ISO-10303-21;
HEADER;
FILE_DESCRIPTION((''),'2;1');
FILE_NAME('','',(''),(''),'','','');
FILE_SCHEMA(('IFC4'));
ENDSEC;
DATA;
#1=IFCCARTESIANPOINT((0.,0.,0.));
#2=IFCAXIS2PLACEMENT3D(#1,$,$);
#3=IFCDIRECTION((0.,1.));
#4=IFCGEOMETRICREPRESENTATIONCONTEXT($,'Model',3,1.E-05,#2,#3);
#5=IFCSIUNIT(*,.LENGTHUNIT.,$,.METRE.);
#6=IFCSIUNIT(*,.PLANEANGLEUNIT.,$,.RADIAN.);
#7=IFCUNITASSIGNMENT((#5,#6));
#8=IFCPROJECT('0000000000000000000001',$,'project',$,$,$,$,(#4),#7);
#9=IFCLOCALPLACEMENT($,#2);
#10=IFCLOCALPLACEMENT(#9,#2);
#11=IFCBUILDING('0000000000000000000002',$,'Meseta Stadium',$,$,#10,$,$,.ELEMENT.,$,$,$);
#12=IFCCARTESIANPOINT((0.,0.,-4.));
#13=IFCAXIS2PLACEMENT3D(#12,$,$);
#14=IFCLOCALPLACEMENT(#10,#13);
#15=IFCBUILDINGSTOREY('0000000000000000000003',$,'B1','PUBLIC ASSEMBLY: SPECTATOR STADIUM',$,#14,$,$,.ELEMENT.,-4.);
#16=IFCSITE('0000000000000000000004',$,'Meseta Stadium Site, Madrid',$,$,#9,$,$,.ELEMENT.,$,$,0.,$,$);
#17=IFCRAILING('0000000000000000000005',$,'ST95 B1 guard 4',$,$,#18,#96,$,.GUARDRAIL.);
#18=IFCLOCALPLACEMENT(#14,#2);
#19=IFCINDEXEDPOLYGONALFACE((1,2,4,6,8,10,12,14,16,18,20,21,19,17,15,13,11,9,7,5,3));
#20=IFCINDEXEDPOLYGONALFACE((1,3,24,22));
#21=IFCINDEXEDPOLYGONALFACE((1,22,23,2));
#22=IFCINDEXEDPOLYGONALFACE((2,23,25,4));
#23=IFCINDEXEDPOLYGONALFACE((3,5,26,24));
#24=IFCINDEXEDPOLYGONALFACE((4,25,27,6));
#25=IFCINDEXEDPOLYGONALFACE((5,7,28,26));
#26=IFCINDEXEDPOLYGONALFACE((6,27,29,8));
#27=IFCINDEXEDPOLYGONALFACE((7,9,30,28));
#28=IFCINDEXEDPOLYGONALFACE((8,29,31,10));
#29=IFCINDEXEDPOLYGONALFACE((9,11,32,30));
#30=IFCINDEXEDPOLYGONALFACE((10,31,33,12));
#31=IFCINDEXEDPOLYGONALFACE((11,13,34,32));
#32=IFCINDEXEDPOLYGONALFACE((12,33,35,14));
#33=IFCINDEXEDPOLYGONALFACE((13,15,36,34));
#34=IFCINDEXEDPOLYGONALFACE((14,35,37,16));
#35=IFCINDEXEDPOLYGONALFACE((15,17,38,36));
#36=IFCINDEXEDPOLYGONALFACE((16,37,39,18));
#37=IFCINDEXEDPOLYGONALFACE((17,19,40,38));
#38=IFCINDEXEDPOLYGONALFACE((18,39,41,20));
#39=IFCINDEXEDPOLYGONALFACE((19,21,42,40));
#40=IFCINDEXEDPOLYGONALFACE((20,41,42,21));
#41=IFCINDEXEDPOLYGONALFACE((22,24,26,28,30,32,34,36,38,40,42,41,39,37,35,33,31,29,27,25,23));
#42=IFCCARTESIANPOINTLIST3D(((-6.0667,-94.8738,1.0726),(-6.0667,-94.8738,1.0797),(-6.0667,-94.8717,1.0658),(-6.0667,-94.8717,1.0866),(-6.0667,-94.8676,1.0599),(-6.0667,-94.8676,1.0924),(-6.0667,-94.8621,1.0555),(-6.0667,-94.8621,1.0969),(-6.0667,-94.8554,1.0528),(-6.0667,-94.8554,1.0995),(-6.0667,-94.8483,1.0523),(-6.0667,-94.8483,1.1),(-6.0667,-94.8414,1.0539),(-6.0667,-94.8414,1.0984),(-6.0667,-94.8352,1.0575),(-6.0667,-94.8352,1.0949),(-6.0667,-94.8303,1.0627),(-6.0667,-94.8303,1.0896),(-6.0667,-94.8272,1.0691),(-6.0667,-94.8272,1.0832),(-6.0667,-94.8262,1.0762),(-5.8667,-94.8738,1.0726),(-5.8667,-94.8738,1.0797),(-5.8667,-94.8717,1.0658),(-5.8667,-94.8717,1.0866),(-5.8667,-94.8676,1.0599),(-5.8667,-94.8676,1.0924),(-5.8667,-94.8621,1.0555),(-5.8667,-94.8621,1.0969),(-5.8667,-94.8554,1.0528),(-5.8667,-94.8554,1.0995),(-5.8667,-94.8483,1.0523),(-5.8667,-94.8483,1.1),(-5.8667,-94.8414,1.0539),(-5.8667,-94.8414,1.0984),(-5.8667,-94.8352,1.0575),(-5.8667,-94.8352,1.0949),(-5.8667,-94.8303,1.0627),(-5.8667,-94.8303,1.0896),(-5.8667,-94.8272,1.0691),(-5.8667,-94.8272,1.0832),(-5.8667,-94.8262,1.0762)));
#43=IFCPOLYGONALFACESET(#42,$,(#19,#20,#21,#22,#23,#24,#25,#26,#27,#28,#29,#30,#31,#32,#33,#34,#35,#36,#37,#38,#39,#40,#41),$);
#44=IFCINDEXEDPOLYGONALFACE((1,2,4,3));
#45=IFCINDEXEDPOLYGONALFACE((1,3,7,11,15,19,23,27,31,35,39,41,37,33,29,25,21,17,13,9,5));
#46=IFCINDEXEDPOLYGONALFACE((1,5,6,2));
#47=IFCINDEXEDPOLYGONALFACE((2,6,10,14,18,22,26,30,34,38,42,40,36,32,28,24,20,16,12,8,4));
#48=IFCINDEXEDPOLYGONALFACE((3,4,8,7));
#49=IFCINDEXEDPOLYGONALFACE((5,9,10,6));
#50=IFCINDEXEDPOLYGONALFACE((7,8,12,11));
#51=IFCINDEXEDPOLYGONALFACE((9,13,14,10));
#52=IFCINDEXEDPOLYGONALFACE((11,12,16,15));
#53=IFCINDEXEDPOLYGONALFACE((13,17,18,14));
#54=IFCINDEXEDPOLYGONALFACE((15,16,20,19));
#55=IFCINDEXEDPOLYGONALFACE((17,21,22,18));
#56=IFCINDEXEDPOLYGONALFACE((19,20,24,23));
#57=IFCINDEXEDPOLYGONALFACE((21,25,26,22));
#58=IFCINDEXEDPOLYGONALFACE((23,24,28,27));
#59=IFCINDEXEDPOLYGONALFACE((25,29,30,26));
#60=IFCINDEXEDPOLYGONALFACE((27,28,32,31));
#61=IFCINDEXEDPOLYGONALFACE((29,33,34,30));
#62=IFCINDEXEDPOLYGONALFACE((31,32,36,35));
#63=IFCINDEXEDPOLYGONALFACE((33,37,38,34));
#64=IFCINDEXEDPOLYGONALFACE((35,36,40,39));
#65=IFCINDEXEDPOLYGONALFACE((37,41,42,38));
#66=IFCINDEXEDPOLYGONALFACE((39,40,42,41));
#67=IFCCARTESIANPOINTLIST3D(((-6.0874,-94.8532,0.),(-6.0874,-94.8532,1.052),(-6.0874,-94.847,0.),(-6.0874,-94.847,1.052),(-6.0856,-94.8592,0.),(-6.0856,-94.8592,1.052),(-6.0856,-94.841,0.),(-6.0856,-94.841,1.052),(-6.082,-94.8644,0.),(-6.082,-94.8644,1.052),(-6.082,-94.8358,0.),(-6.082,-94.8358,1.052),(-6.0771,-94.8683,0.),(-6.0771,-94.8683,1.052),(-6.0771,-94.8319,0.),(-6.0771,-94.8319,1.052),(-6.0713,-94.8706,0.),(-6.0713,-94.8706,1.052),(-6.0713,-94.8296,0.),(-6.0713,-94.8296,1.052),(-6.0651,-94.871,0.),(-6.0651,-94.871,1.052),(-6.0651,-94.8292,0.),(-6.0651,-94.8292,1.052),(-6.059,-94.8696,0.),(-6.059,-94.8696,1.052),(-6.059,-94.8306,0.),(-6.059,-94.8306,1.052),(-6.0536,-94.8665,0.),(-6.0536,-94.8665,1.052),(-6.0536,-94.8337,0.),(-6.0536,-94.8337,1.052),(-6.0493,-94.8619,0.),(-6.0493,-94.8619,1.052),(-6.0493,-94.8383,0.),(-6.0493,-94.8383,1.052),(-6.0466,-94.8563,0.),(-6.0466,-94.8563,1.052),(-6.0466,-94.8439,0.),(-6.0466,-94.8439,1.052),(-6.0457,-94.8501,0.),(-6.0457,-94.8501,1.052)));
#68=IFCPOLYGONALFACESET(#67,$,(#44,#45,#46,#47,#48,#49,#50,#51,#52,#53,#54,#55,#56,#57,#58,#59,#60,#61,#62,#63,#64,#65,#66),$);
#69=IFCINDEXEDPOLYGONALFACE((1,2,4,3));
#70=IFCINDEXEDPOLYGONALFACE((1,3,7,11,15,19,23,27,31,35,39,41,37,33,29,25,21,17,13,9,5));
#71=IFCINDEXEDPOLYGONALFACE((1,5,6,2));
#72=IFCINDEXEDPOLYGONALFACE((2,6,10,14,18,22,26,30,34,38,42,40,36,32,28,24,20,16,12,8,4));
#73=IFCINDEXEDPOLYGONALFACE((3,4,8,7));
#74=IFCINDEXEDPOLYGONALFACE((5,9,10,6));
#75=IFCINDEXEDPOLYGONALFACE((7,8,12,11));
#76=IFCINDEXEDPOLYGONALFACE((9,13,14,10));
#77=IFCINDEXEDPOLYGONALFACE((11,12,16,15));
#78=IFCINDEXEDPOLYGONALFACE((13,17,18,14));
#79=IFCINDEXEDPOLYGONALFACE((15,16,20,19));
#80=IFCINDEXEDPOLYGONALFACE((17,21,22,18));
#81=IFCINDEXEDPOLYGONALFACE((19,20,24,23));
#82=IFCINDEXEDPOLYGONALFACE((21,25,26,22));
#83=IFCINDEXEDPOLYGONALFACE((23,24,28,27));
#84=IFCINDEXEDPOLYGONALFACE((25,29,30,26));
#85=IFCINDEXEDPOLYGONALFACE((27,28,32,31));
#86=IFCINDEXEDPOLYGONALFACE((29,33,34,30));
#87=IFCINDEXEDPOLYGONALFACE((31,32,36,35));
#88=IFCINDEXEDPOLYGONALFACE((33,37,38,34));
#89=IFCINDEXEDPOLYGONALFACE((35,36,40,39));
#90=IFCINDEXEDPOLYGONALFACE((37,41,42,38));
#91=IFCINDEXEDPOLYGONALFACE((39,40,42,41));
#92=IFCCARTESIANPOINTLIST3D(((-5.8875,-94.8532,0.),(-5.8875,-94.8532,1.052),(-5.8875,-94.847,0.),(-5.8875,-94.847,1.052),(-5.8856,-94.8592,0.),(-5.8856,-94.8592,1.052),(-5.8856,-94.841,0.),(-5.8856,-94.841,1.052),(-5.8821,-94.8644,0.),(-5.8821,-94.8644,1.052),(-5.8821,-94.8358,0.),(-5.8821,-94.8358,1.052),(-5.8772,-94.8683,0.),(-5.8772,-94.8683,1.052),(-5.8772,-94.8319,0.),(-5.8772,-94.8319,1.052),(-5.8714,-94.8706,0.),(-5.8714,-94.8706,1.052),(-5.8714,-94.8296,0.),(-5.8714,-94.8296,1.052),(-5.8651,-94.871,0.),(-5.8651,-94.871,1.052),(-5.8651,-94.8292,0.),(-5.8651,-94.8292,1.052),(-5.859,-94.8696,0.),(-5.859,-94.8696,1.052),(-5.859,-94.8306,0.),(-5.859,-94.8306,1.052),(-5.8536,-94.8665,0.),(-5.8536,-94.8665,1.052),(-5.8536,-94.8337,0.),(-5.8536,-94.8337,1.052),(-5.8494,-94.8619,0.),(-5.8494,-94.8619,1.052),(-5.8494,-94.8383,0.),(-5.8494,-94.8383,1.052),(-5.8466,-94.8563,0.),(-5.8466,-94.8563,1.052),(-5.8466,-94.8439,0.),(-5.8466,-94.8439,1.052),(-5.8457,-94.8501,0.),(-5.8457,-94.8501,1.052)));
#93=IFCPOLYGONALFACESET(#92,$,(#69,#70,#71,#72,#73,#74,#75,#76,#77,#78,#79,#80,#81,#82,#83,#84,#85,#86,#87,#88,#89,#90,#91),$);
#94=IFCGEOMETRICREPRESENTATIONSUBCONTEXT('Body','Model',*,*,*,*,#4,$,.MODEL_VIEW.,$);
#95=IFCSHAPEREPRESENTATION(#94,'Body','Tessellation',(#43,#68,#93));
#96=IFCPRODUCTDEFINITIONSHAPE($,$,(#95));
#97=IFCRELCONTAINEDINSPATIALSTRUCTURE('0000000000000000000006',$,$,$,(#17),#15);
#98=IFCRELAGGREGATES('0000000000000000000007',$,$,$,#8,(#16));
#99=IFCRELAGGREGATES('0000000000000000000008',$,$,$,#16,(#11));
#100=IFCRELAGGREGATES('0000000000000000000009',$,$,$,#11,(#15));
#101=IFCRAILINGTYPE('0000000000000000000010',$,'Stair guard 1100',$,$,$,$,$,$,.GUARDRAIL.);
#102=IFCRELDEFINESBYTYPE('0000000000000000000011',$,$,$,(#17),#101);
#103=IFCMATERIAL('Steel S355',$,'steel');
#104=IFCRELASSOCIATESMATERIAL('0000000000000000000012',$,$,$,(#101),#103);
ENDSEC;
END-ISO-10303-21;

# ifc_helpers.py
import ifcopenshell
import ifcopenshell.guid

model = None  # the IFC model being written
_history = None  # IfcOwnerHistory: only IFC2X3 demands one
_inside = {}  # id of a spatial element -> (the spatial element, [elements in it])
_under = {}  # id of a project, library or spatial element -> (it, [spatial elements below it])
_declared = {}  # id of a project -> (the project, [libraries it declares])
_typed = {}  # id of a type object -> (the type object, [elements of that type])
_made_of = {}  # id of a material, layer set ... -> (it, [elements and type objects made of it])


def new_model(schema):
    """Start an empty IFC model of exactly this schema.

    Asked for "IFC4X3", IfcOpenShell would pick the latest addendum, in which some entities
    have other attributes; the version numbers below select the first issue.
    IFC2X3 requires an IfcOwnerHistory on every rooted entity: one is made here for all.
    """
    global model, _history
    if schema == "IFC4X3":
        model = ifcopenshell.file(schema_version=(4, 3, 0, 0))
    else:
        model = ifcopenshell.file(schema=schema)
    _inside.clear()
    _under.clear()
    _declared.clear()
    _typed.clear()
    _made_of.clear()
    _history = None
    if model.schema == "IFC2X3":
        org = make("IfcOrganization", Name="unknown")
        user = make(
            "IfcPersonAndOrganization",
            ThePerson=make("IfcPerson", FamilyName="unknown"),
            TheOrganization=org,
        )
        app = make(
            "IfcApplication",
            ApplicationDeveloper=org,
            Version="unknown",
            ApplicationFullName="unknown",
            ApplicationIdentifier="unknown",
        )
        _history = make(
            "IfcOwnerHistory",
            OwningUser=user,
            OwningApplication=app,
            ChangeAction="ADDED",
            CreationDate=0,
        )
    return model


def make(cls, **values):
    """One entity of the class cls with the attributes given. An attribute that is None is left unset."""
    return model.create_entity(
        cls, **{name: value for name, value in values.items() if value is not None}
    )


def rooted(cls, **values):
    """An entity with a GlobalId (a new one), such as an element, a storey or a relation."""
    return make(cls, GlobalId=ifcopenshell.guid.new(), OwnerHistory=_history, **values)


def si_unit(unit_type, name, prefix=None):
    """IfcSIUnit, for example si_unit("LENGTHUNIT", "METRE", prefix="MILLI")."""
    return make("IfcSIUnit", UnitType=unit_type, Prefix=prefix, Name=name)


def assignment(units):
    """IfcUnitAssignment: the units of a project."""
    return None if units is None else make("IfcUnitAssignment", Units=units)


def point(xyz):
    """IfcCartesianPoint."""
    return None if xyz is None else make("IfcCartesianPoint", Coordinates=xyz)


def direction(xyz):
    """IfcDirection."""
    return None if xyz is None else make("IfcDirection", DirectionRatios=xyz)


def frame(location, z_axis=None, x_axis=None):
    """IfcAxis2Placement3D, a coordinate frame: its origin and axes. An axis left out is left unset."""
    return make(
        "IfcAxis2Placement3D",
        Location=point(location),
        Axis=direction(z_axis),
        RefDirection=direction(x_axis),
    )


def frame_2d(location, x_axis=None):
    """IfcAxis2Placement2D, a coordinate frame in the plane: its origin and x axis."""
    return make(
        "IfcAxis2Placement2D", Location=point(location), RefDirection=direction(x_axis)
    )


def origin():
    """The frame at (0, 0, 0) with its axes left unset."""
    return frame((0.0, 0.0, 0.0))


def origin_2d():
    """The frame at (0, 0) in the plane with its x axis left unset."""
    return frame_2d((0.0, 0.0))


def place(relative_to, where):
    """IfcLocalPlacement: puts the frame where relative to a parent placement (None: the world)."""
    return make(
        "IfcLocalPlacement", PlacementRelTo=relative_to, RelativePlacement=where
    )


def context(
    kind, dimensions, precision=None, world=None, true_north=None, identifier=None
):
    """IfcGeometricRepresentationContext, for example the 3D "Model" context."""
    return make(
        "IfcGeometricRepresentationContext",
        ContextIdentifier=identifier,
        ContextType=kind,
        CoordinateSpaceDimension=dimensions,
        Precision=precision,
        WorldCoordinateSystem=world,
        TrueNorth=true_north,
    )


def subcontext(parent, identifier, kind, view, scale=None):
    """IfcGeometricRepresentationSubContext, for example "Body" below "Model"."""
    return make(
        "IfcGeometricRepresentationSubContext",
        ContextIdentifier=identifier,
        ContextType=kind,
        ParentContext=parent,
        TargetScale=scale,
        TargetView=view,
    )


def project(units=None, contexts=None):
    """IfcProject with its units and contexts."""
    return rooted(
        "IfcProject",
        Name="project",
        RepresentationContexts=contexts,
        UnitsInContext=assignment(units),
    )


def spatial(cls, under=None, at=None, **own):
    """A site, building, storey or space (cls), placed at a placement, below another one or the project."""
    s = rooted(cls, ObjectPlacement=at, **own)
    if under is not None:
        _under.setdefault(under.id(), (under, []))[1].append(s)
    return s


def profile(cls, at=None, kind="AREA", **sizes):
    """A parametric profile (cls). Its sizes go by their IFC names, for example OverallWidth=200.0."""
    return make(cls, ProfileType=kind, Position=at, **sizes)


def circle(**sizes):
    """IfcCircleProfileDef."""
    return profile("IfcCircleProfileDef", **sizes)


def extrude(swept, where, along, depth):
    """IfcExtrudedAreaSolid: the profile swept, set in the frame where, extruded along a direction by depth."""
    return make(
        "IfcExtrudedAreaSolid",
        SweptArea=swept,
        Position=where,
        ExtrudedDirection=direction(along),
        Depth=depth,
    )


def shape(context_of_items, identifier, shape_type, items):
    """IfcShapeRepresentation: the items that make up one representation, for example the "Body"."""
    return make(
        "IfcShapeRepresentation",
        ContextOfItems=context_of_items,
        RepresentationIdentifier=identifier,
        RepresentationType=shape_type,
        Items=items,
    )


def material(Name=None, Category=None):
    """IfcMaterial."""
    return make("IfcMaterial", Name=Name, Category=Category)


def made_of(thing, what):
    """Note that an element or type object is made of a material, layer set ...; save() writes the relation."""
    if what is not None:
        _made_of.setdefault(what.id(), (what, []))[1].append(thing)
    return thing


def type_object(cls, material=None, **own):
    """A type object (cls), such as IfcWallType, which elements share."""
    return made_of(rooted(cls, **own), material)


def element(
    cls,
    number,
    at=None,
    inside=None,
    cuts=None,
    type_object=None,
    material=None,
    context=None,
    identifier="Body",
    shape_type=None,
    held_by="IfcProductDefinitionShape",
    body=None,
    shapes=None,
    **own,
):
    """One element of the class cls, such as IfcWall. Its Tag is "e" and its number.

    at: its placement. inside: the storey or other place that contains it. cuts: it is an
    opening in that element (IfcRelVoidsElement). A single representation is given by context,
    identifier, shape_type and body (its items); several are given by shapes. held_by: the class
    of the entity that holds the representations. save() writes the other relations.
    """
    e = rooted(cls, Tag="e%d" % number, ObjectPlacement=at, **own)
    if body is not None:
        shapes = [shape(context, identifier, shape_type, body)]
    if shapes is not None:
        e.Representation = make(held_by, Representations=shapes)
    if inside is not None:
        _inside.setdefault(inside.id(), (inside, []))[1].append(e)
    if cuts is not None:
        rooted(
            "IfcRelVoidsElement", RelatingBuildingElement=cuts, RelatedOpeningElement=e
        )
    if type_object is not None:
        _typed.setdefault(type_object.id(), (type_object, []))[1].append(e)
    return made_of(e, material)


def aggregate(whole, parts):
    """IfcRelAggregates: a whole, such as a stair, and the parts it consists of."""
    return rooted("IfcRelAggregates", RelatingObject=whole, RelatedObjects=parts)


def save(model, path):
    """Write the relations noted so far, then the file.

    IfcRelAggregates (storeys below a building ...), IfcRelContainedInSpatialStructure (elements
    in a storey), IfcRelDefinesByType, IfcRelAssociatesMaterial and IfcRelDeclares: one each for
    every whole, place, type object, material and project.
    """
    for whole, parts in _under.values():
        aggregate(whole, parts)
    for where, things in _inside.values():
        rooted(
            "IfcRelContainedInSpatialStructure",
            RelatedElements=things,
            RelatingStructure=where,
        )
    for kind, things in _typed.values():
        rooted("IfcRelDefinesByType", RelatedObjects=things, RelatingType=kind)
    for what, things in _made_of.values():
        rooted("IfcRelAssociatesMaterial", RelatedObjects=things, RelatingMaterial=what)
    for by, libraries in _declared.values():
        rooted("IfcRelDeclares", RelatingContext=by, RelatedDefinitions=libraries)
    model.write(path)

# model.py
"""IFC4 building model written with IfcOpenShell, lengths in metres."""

from ifc_helpers import new_model, si_unit, direction, frame, origin, origin_2d, place, context, subcontext, project, spatial, circle, extrude, material, type_object, element, save


model = new_model("IFC4")

# Units and contexts
model_context = context("Model", 3, precision=1e-05, world=origin(), true_north=direction((0.0, 1.0)))
body_context = subcontext(model_context, "Body", "Model", "MODEL_VIEW")
ifc_project = project(units=[si_unit("LENGTHUNIT", "METRE"), si_unit("PLANEANGLEUNIT", "RADIAN")], contexts=[model_context])

# Site, building, storey
site_placement = place(None, origin())
site = spatial("IfcSite", under=ifc_project, at=site_placement, Name="Meseta Stadium Site, Madrid", CompositionType="ELEMENT", RefElevation=0.0)
building_placement = place(site_placement, origin())
building = spatial("IfcBuilding", under=site, at=building_placement, Name="Meseta Stadium", CompositionType="ELEMENT")
storey_placement = place(building_placement, frame((0.0, 0.0, -4.0)))
storey = spatial("IfcBuildingStorey", under=building, at=storey_placement, Name="B1", Description="PUBLIC ASSEMBLY: SPECTATOR STADIUM", CompositionType="ELEMENT", Elevation=-4.0)

# Railing
ifc_material_1 = material(Name="Steel S355", Category="steel")
railing_type_1 = type_object("IfcRailingType", Name="Stair guard 1100", PredefinedType="GUARDRAIL", material=ifc_material_1)
railing_1_placement = place(storey_placement, frame((-6.0667, -94.8501, 0.0)))
element("IfcRailing", 1, at=railing_1_placement, inside=storey, type_object=railing_type_1, Name="ST95 B1 guard 4", PredefinedType="GUARDRAIL", context=body_context, shape_type="SweptSolid", body=[
    extrude(circle(Radius=0.0239, at=origin_2d()), frame((0.0, 0.0, 1.0762), z_axis=(1.0, 0.0, 0.0), x_axis=(0.0, 1.0, 0.0)), (0.0, 0.0, 1.0), 0.2),
    extrude(circle(Radius=0.021, at=origin_2d()), origin(), (0.0, 0.0, 1.0), 1.052),
    extrude(circle(Radius=0.021, at=origin_2d()), frame((0.2, 0.0, 0.0)), (0.0, 0.0, 1.0), 1.052),
])

save(model, "model.ifc")
